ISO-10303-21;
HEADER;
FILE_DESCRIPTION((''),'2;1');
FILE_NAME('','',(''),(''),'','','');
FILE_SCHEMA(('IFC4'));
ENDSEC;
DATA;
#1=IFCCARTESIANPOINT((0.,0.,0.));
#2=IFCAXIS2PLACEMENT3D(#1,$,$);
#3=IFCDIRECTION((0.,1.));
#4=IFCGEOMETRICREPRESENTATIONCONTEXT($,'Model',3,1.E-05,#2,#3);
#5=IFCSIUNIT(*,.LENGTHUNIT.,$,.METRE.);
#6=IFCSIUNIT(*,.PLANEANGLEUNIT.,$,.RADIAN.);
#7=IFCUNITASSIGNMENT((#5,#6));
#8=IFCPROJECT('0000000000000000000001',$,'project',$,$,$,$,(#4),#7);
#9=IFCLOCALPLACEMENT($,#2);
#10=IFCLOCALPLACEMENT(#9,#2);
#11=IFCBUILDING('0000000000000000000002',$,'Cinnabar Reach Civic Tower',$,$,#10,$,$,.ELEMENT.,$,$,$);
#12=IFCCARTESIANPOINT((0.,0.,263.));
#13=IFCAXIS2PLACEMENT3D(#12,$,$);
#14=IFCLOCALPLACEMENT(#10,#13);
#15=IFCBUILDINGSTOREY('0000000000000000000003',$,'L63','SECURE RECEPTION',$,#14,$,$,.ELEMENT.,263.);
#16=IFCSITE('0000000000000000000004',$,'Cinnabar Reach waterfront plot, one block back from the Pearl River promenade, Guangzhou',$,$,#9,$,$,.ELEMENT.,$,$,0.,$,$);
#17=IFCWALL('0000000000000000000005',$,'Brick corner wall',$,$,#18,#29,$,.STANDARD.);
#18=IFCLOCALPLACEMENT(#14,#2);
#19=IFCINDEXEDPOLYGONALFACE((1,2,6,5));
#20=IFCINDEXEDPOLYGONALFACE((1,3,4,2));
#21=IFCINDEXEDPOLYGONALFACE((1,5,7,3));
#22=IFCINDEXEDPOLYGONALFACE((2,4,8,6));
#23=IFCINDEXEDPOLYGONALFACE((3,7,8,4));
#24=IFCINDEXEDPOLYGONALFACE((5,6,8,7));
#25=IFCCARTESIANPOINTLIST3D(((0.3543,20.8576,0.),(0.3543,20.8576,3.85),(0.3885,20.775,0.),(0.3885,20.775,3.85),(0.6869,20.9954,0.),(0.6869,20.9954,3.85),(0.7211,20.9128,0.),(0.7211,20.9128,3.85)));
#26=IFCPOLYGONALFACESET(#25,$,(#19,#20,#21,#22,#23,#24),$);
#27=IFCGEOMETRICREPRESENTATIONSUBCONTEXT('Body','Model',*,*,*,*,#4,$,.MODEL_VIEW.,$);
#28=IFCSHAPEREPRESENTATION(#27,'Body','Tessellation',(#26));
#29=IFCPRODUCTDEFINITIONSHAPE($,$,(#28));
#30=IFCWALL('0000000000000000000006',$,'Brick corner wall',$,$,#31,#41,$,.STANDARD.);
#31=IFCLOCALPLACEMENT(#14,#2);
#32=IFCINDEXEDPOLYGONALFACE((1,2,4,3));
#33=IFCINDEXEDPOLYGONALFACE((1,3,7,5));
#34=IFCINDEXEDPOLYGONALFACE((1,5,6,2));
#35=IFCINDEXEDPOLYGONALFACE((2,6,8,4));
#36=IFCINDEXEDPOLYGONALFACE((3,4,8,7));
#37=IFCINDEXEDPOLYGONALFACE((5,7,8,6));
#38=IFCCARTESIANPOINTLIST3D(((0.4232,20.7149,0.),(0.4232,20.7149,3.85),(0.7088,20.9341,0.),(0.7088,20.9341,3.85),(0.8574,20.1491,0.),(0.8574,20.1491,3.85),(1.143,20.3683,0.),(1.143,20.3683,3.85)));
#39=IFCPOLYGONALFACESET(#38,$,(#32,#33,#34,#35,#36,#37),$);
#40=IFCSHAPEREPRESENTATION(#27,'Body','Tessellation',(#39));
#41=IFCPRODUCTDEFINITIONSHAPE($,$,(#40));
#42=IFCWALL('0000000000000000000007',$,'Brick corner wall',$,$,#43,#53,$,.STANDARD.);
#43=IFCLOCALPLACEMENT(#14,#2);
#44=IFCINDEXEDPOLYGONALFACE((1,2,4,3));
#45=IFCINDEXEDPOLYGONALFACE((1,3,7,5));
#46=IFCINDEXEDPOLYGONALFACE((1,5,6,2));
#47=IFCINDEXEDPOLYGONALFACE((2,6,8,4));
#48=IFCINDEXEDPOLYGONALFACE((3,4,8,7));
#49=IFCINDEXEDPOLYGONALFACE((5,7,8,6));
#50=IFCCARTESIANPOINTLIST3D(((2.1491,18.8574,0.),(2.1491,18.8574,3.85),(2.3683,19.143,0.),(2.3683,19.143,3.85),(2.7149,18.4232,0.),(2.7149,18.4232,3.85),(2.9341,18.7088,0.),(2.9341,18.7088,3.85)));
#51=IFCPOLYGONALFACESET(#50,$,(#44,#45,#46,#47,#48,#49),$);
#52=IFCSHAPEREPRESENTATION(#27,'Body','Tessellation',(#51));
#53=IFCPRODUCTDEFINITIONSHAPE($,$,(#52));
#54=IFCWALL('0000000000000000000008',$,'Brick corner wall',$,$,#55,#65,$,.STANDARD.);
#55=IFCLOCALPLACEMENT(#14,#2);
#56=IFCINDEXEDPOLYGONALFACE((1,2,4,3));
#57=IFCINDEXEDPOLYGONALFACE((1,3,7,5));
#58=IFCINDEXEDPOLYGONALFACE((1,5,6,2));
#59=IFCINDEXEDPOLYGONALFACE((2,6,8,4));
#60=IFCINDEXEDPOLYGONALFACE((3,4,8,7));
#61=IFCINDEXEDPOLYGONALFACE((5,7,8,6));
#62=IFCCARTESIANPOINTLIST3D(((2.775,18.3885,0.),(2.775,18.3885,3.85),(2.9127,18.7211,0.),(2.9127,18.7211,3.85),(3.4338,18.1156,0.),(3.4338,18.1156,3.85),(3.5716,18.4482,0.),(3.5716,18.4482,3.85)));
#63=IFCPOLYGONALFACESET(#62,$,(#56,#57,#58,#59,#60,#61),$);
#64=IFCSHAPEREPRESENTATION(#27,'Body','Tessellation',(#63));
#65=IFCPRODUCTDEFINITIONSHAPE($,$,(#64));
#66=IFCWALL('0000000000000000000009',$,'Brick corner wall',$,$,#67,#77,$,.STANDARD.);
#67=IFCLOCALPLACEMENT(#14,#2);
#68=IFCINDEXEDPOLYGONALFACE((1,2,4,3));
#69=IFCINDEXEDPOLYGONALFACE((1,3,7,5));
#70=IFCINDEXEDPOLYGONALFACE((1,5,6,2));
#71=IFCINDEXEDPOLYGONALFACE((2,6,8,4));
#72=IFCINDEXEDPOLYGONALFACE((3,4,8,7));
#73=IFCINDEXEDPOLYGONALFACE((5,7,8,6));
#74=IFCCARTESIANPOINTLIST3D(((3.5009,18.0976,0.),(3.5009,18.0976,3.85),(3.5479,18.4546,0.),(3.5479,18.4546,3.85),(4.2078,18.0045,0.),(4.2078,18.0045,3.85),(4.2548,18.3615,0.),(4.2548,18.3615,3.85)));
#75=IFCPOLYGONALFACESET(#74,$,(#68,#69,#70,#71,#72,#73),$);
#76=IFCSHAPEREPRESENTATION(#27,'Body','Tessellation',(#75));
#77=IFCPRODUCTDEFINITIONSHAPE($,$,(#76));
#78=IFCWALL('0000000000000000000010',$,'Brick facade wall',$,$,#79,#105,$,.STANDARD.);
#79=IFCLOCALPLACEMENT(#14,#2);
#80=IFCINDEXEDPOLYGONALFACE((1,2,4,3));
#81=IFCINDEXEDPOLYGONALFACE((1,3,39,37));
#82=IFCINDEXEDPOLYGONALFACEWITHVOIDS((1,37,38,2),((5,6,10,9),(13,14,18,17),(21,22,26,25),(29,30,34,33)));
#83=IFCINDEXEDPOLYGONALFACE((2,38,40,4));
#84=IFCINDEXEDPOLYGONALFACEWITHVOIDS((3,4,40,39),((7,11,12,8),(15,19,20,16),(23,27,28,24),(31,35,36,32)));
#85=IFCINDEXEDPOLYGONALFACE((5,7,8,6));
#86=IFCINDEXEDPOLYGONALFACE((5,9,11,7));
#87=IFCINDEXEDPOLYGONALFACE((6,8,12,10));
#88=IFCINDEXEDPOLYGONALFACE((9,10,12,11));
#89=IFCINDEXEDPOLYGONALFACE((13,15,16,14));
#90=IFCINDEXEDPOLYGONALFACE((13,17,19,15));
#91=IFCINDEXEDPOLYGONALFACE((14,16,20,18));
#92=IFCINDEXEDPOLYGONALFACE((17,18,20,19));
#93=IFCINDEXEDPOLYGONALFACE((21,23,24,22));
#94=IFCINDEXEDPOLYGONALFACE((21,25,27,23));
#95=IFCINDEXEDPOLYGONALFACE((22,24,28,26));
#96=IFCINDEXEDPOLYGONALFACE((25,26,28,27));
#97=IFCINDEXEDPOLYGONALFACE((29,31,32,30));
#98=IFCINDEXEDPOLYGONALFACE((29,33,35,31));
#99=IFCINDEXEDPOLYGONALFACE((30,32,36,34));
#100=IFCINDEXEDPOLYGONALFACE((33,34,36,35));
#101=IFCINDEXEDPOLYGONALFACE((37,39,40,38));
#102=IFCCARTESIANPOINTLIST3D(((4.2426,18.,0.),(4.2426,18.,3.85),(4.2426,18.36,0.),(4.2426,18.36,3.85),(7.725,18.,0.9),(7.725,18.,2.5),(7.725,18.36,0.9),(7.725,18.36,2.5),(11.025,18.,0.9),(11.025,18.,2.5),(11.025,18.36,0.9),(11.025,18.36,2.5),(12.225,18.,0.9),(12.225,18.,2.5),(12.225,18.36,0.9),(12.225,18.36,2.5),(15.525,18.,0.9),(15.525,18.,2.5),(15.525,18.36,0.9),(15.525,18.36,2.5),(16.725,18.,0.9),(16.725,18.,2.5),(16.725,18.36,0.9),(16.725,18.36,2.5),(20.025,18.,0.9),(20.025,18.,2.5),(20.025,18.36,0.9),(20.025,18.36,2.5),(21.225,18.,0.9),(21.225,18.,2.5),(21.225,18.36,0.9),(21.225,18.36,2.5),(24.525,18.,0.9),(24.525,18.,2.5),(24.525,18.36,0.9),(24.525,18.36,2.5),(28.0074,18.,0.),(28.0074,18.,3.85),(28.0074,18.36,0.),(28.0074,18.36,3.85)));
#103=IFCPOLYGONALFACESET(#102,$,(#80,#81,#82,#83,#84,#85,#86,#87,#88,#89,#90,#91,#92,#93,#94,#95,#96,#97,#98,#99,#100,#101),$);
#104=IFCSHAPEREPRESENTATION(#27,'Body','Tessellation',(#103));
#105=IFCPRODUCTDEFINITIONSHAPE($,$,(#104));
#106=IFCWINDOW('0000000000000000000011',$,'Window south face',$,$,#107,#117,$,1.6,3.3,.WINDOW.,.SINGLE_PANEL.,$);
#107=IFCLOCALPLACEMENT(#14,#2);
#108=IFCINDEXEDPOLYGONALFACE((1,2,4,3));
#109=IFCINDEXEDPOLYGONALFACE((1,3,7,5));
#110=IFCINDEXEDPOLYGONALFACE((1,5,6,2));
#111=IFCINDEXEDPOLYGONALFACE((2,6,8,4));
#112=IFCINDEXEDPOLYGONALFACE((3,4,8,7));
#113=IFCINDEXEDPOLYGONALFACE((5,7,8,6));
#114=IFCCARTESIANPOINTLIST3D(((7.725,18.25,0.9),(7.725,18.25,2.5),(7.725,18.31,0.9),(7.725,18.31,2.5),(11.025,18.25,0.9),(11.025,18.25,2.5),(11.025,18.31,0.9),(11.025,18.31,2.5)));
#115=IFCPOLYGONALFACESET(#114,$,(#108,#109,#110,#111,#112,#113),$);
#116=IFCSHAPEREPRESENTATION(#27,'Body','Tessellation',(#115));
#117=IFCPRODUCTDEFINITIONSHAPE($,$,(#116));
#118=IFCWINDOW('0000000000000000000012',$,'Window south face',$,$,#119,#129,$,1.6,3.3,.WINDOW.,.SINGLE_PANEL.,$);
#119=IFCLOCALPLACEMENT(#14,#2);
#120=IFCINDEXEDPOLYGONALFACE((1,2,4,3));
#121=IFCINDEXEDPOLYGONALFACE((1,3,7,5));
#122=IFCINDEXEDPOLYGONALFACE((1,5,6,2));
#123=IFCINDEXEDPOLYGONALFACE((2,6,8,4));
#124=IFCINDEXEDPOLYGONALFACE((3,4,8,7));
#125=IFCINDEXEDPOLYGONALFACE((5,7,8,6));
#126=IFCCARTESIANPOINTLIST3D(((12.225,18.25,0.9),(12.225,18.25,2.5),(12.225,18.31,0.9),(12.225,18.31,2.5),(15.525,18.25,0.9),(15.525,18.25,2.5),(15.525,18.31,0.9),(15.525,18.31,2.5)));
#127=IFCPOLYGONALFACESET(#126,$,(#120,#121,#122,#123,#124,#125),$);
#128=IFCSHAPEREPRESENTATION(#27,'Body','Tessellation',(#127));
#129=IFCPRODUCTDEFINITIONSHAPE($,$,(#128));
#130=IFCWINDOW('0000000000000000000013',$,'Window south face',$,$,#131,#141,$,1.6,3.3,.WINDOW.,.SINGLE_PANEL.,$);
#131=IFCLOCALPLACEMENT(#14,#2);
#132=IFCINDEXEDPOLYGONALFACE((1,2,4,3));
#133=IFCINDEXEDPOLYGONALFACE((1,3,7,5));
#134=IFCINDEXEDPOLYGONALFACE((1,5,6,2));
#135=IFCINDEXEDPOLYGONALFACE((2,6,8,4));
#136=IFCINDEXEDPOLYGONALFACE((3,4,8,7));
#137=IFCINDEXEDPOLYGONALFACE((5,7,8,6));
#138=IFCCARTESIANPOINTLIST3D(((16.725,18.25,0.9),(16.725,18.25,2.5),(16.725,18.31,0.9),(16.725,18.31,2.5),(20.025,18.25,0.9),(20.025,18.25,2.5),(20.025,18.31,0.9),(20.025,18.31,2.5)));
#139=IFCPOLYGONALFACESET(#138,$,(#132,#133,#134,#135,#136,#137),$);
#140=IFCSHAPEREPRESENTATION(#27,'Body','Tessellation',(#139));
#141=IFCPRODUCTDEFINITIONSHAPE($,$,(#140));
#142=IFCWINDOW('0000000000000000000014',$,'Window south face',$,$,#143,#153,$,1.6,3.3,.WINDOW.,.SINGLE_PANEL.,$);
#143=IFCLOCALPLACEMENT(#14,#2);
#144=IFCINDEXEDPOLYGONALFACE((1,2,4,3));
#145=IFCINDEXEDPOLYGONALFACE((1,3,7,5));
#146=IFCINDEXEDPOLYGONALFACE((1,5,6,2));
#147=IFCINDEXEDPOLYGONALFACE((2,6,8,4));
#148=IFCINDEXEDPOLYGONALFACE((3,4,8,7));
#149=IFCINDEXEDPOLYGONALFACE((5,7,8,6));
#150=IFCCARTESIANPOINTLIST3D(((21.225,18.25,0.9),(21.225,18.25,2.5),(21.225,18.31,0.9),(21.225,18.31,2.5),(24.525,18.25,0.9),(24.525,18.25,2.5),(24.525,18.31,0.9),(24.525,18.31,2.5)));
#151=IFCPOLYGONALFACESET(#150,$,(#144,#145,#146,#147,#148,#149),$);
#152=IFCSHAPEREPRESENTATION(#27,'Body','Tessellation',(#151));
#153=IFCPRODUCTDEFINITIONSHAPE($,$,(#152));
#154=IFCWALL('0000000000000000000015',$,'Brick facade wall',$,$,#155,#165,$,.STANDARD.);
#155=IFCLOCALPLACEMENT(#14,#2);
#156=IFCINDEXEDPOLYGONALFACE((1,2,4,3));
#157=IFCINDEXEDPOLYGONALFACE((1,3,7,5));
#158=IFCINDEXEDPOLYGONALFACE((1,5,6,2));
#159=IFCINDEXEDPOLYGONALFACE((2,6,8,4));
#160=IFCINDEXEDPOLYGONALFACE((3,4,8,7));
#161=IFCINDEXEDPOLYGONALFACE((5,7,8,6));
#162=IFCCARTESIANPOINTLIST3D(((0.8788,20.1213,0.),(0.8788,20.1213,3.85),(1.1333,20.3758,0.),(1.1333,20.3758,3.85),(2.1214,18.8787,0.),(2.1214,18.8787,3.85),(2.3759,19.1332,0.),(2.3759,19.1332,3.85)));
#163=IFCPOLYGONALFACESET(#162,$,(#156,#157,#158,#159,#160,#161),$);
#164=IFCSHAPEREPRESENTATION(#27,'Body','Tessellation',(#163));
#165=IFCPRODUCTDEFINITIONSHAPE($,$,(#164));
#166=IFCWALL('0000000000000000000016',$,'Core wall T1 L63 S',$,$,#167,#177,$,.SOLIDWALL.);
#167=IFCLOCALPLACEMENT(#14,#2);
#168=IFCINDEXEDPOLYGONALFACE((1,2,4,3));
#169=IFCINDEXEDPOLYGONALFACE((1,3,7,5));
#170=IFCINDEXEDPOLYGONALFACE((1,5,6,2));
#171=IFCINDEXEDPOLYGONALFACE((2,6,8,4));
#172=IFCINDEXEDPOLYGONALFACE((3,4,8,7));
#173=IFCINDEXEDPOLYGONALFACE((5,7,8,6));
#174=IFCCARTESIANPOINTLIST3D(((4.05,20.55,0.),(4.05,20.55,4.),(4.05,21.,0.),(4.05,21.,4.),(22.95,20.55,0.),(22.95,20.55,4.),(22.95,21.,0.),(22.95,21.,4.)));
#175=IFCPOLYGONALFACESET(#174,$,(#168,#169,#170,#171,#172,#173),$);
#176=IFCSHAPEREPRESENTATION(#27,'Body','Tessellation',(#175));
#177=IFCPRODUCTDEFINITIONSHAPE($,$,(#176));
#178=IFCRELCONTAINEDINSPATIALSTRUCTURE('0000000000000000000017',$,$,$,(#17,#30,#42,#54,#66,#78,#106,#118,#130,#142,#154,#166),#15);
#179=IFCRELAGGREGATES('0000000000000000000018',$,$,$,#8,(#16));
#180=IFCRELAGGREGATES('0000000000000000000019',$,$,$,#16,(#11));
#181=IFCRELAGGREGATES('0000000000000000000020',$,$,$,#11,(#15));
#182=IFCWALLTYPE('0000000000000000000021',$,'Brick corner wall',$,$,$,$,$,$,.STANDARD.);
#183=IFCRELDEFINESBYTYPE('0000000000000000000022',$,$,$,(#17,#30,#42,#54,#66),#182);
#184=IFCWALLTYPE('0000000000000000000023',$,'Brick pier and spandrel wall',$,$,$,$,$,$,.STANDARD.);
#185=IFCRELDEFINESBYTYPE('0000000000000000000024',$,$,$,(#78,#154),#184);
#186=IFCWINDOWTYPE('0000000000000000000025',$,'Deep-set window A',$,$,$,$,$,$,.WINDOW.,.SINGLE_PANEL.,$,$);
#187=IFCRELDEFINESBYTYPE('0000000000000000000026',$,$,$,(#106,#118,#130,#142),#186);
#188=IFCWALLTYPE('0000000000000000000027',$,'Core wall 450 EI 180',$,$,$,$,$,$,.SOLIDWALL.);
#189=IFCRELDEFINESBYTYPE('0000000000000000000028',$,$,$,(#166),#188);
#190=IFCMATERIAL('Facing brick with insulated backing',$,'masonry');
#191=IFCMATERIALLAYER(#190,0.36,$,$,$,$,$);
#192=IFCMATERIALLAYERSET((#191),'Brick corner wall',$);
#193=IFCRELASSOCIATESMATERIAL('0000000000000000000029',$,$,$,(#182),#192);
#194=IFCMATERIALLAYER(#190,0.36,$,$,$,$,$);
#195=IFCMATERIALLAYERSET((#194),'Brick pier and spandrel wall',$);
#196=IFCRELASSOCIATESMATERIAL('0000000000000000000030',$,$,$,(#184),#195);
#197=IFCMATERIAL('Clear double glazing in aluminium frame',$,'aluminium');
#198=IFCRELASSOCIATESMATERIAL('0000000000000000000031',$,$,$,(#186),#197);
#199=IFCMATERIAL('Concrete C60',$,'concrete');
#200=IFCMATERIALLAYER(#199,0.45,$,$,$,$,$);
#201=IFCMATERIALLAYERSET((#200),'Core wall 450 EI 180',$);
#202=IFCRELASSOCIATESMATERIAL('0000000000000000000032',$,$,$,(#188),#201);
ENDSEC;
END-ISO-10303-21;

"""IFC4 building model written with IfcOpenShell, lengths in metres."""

from ifc_helpers import new_model, si_unit, direction, frame, frame_2d, origin, place, context, subcontext, project, spatial, rectangle, extrude, material, layer, layer_set, type_object, element, fill, save


model = new_model("IFC4")

# Units and contexts
model_context = context("Model", 3, precision=1e-05, world=origin(), true_north=direction((0.0, 1.0)))
body_context = subcontext(model_context, "Body", "Model", "MODEL_VIEW")
ifc_project = project(units=[si_unit("LENGTHUNIT", "METRE"), si_unit("PLANEANGLEUNIT", "RADIAN")], contexts=[model_context])

# Site, building, storey
site_placement = place(None, origin())
site = spatial("IfcSite", under=ifc_project, at=site_placement, Name="Cinnabar Reach waterfront plot, one block back from the Pearl River promenade, Guangzhou", CompositionType="ELEMENT", RefElevation=0.0)
building_placement = place(site_placement, origin())
building = spatial("IfcBuilding", under=site, at=building_placement, Name="Cinnabar Reach Civic Tower", CompositionType="ELEMENT")
storey_placement = place(building_placement, frame((0.0, 0.0, 263.0)))
storey = spatial("IfcBuildingStorey", under=building, at=storey_placement, Name="L63", Description="SECURE RECEPTION", CompositionType="ELEMENT", Elevation=263.0)

# Shared definitions
ifc_material_1 = material(Name="Concrete C60", Category="concrete")

# Walls
ifc_material_2 = material(Name="Facing brick with insulated backing", Category="masonry")
ifc_layer_1 = layer(ifc_material_2, 0.36)
ifc_layer_set_1 = layer_set([ifc_layer_1], Name="Brick corner wall")
wall_type_1 = type_object("IfcWallType", Name="Brick corner wall", PredefinedType="STANDARD", material=ifc_layer_set_1)
wall_1_placement = place(storey_placement, frame((0.5206, 20.9265, 0.0), z_axis=(0.0, 0.0, 1.0), x_axis=(0.382549, -0.923935, 0.0)))
element("IfcWall", 1, at=wall_1_placement, inside=storey, type_object=wall_type_1, Name="Brick corner wall", PredefinedType="STANDARD", context=body_context, shape_type="SweptSolid", body=[
    extrude(rectangle(XDim=0.0894, YDim=0.36, at=frame_2d((0.0447, 0.0))), origin(), (0.0, 0.0, 1.0), 3.85),
])
for number, where, z_axis, x_axis, name in (
    (2, (0.566, 20.8245, 0.0), (0.0, 0.0, 1.0), (0.608802, -0.793322, 0.0), "Brick corner wall"),
    (3, (2.2587, 19.0002, 0.0), (0.0, 0.0, 1.0), (0.793322, -0.608802, 0.0), "Brick corner wall"),
):
    element("IfcWall", number, at=place(storey_placement, frame(where, z_axis=z_axis, x_axis=x_axis)), inside=storey, type_object=wall_type_1, Name=name, PredefinedType="STANDARD", context=body_context, shape_type="SweptSolid", body=[
        extrude(rectangle(XDim=0.7132, YDim=0.36, at=frame_2d((0.3566, 0.0))), origin(), (0.0, 0.0, 1.0), 3.85),
    ])
for number, where, z_axis, x_axis, name in (
    (4, (2.8439, 18.5548, 0.0), (0.0, 0.0, 1.0), (0.923872, -0.382703, 0.0), "Brick corner wall"),
    (5, (3.5244, 18.2761, 0.0), (0.0, 0.0, 1.0), (0.991441, -0.130556, 0.0), "Brick corner wall"),
):
    element("IfcWall", number, at=place(storey_placement, frame(where, z_axis=z_axis, x_axis=x_axis)), inside=storey, type_object=wall_type_1, Name=name, PredefinedType="STANDARD", context=body_context, shape_type="SweptSolid", body=[
        extrude(rectangle(XDim=0.7131, YDim=0.36, at=frame_2d((0.3565, 0.0))), origin(), (0.0, 0.0, 1.0), 3.85),
    ])

# Wall, openings, windows
ifc_layer_2 = layer(ifc_material_2, 0.36)
ifc_layer_set_2 = layer_set([ifc_layer_2], Name="Brick pier and spandrel wall")
wall_type_2 = type_object("IfcWallType", Name="Brick pier and spandrel wall", PredefinedType="STANDARD", material=ifc_layer_set_2)
wall_2_placement = place(storey_placement, frame((4.2426, 18.18, 0.0), z_axis=(0.0, 0.0, 1.0), x_axis=(1.0, 0.0, 0.0)))
wall_2 = element("IfcWall", 6, at=wall_2_placement, inside=storey, type_object=wall_type_2, Name="Brick facade wall", PredefinedType="STANDARD", context=body_context, shape_type="SweptSolid", body=[
    extrude(rectangle(XDim=23.7648, YDim=0.36, at=frame_2d((11.8824, 0.0))), origin(), (0.0, 0.0, 1.0), 3.85),
])
opening_1_placement = place(wall_2_placement, frame((3.4824, 0.0, 0.9)))
opening_1 = element("IfcOpeningElement", 7, at=opening_1_placement, cuts=wall_2, PredefinedType="OPENING", context=body_context, shape_type="SweptSolid", body=[
    extrude(rectangle(XDim=3.3, YDim=1.6, at=frame_2d((1.65, 0.8))), frame((0.0, 0.19, 0.0), z_axis=(0.0, -1.0, 0.0), x_axis=(1.0, 0.0, 0.0)), (0.0, 0.0, 1.0), 0.38),
])
opening_2_placement = place(wall_2_placement, frame((7.9824, 0.0, 0.9)))
opening_2 = element("IfcOpeningElement", 8, at=opening_2_placement, cuts=wall_2, PredefinedType="OPENING", context=body_context, shape_type="SweptSolid", body=[
    extrude(rectangle(XDim=3.3, YDim=1.6, at=frame_2d((1.65, 0.8))), frame((0.0, 0.19, 0.0), z_axis=(0.0, -1.0, 0.0), x_axis=(1.0, 0.0, 0.0)), (0.0, 0.0, 1.0), 0.38),
])
opening_3_placement = place(wall_2_placement, frame((12.4824, 0.0, 0.9)))
opening_3 = element("IfcOpeningElement", 9, at=opening_3_placement, cuts=wall_2, PredefinedType="OPENING", context=body_context, shape_type="SweptSolid", body=[
    extrude(rectangle(XDim=3.3, YDim=1.6, at=frame_2d((1.65, 0.8))), frame((0.0, 0.19, 0.0), z_axis=(0.0, -1.0, 0.0), x_axis=(1.0, 0.0, 0.0)), (0.0, 0.0, 1.0), 0.38),
])
opening_4_placement = place(wall_2_placement, frame((16.9824, 0.0, 0.9)))
opening_4 = element("IfcOpeningElement", 10, at=opening_4_placement, cuts=wall_2, PredefinedType="OPENING", context=body_context, shape_type="SweptSolid", body=[
    extrude(rectangle(XDim=3.3, YDim=1.6, at=frame_2d((1.65, 0.8))), frame((0.0, 0.19, 0.0), z_axis=(0.0, -1.0, 0.0), x_axis=(1.0, 0.0, 0.0)), (0.0, 0.0, 1.0), 0.38),
])
ifc_material_3 = material(Name="Clear double glazing in aluminium frame", Category="aluminium")
window_type = type_object("IfcWindowType", Name="Deep-set window A", PartitioningType="SINGLE_PANEL", PredefinedType="WINDOW", material=ifc_material_3)
window_1_placement = place(opening_1_placement, origin())
window_1 = element("IfcWindow", 11, at=window_1_placement, inside=storey, type_object=window_type, Name="Window south face", OverallHeight=1.6, OverallWidth=3.3, PartitioningType="SINGLE_PANEL", PredefinedType="WINDOW", context=body_context, shape_type="SweptSolid", body=[
    extrude(rectangle(XDim=3.3, YDim=1.6, at=frame_2d((1.65, 0.8))), frame((0.0, 0.13, 0.0), z_axis=(0.0, -1.0, 0.0), x_axis=(1.0, 0.0, 0.0)), (0.0, 0.0, 1.0), 0.06),
])
fill(opening_1, window_1)
window_2_placement = place(opening_2_placement, origin())
window_2 = element("IfcWindow", 12, at=window_2_placement, inside=storey, type_object=window_type, Name="Window south face", OverallHeight=1.6, OverallWidth=3.3, PartitioningType="SINGLE_PANEL", PredefinedType="WINDOW", context=body_context, shape_type="SweptSolid", body=[
    extrude(rectangle(XDim=3.3, YDim=1.6, at=frame_2d((1.65, 0.8))), frame((0.0, 0.13, 0.0), z_axis=(0.0, -1.0, 0.0), x_axis=(1.0, 0.0, 0.0)), (0.0, 0.0, 1.0), 0.06),
])
fill(opening_2, window_2)
window_3_placement = place(opening_3_placement, origin())
window_3 = element("IfcWindow", 13, at=window_3_placement, inside=storey, type_object=window_type, Name="Window south face", OverallHeight=1.6, OverallWidth=3.3, PartitioningType="SINGLE_PANEL", PredefinedType="WINDOW", context=body_context, shape_type="SweptSolid", body=[
    extrude(rectangle(XDim=3.3, YDim=1.6, at=frame_2d((1.65, 0.8))), frame((0.0, 0.13, 0.0), z_axis=(0.0, -1.0, 0.0), x_axis=(1.0, 0.0, 0.0)), (0.0, 0.0, 1.0), 0.06),
])
fill(opening_3, window_3)
window_4_placement = place(opening_4_placement, origin())
window_4 = element("IfcWindow", 14, at=window_4_placement, inside=storey, type_object=window_type, Name="Window south face", OverallHeight=1.6, OverallWidth=3.3, PartitioningType="SINGLE_PANEL", PredefinedType="WINDOW", context=body_context, shape_type="SweptSolid", body=[
    extrude(rectangle(XDim=3.3, YDim=1.6, at=frame_2d((1.65, 0.8))), frame((0.0, 0.13, 0.0), z_axis=(0.0, -1.0, 0.0), x_axis=(1.0, 0.0, 0.0)), (0.0, 0.0, 1.0), 0.06),
])
fill(opening_4, window_4)

# Walls
wall_3_placement = place(storey_placement, frame((1.006, 20.2486, 0.0), z_axis=(0.0, 0.0, 1.0), x_axis=(0.707107, -0.707107, 0.0)))
element("IfcWall", 15, at=wall_3_placement, inside=storey, type_object=wall_type_2, Name="Brick facade wall", PredefinedType="STANDARD", context=body_context, shape_type="SweptSolid", body=[
    extrude(rectangle(XDim=1.7573, YDim=0.36, at=frame_2d((0.8787, 0.0))), origin(), (0.0, 0.0, 1.0), 3.85),
])
ifc_layer_3 = layer(ifc_material_1, 0.45)
ifc_layer_set_3 = layer_set([ifc_layer_3], Name="Core wall 450 EI 180")
wall_type_3 = type_object("IfcWallType", Name="Core wall 450 EI 180", PredefinedType="SOLIDWALL", material=ifc_layer_set_3)
wall_4_placement = place(storey_placement, frame((4.05, 20.775, 0.0), z_axis=(0.0, 0.0, 1.0), x_axis=(1.0, 0.0, 0.0)))
element("IfcWall", 16, at=wall_4_placement, inside=storey, type_object=wall_type_3, Name="Core wall T1 L63 S", PredefinedType="SOLIDWALL", context=body_context, shape_type="SweptSolid", body=[
    extrude(rectangle(XDim=18.9, YDim=0.45, at=frame_2d((9.45, 0.0))), origin(), (0.0, 0.0, 1.0), 4.0),
])

save(model, "model.ifc")
